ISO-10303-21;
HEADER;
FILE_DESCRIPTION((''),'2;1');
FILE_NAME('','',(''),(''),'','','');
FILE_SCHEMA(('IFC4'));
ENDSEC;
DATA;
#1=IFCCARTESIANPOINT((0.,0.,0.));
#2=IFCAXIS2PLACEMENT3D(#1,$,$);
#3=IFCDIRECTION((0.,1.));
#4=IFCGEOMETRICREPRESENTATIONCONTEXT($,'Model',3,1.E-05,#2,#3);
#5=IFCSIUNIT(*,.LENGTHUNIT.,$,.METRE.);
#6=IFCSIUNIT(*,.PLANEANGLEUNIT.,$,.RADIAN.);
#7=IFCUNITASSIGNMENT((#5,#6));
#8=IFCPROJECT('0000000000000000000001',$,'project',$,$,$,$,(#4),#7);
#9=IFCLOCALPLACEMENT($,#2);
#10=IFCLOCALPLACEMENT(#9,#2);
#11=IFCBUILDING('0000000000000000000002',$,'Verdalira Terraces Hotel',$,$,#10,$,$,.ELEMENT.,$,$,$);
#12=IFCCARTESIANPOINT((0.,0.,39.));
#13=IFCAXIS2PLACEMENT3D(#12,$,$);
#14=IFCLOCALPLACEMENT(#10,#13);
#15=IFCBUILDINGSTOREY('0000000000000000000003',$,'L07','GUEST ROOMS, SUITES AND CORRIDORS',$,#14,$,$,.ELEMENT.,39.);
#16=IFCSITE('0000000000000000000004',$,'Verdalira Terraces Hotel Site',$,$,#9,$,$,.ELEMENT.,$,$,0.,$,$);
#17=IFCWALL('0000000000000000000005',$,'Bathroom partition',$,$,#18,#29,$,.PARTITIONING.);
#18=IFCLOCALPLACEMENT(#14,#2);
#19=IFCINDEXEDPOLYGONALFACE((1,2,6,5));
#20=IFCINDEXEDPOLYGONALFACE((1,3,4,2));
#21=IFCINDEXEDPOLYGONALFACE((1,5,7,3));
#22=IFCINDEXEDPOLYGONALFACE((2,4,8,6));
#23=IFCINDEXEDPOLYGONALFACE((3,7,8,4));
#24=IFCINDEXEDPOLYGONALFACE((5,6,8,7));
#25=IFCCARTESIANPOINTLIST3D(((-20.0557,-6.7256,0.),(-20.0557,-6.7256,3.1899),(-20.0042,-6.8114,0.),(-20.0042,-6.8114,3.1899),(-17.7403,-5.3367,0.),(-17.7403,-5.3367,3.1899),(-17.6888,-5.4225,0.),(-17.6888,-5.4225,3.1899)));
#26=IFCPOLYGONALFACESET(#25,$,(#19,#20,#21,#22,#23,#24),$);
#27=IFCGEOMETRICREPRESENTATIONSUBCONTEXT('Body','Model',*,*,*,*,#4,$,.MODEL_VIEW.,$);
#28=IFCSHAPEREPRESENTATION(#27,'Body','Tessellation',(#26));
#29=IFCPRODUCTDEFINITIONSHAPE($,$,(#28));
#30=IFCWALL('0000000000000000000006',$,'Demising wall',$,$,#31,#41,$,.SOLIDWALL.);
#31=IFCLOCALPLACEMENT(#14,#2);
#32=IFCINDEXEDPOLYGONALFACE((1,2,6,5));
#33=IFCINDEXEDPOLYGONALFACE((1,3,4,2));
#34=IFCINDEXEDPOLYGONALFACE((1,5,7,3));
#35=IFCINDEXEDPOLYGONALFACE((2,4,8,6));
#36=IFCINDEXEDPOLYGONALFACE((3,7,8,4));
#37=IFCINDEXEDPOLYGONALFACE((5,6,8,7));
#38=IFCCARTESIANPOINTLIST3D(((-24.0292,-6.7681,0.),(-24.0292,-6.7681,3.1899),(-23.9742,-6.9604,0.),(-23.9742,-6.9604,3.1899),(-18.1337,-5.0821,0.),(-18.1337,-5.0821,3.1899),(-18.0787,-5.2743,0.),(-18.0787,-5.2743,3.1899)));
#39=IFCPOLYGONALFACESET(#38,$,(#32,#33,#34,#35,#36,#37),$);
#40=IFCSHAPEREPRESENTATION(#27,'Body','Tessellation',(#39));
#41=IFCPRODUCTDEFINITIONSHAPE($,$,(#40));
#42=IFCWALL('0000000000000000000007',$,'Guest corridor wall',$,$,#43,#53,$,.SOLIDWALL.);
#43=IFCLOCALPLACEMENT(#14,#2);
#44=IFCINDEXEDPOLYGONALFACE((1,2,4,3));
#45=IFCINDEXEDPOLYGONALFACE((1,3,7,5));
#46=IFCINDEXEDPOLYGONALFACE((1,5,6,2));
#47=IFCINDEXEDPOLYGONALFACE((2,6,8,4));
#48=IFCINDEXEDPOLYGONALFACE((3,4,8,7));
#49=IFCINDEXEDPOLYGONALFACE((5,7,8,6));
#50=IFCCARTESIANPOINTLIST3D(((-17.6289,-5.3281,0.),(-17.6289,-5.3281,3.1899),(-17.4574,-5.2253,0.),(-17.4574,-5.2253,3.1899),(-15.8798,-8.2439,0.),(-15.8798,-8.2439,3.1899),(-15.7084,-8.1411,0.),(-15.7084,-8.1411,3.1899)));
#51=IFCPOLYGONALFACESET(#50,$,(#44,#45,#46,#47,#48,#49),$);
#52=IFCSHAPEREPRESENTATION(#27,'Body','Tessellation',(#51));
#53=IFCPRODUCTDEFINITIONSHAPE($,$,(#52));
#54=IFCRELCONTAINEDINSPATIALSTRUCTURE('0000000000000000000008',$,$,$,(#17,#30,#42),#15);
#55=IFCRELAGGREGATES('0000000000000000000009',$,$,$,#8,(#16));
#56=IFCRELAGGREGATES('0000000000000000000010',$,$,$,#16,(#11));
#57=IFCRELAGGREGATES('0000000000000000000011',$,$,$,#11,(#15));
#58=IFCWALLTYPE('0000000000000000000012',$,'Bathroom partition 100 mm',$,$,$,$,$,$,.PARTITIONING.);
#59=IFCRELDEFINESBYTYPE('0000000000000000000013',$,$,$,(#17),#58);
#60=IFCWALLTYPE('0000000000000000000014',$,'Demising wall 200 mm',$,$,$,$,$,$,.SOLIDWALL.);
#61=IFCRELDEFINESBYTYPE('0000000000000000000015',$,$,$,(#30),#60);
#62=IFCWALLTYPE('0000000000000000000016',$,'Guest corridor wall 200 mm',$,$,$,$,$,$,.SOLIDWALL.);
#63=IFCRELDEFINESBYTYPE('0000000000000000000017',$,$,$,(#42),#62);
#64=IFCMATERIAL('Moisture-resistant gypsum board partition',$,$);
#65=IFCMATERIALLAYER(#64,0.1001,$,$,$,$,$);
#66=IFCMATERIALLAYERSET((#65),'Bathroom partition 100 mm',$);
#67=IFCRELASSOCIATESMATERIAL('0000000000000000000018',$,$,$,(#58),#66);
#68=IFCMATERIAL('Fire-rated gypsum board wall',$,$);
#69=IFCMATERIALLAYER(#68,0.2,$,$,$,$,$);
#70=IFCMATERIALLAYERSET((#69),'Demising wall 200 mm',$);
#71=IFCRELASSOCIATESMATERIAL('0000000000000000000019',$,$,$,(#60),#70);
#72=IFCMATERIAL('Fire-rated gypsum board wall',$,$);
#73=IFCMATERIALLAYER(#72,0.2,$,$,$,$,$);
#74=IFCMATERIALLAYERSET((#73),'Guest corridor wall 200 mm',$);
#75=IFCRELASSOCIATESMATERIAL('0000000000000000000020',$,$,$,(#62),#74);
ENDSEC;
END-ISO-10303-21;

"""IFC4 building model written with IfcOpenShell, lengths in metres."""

from ifc_helpers import new_model, si_unit, direction, frame, frame_2d, origin, place, context, subcontext, project, spatial, rectangle, extrude, material, layer, layer_set, type_object, element, save


model = new_model("IFC4")

# Units and contexts
model_context = context("Model", 3, precision=1e-05, world=origin(), true_north=direction((0.0, 1.0)))
body_context = subcontext(model_context, "Body", "Model", "MODEL_VIEW")
ifc_project = project(units=[si_unit("LENGTHUNIT", "METRE"), si_unit("PLANEANGLEUNIT", "RADIAN")], contexts=[model_context])

# Site, building, storey
site_placement = place(None, origin())
site = spatial("IfcSite", under=ifc_project, at=site_placement, Name="Verdalira Terraces Hotel Site", CompositionType="ELEMENT", RefElevation=0.0)
building_placement = place(site_placement, origin())
building = spatial("IfcBuilding", under=site, at=building_placement, Name="Verdalira Terraces Hotel", CompositionType="ELEMENT")
storey_placement = place(building_placement, frame((0.0, 0.0, 39.0)))
storey = spatial("IfcBuildingStorey", under=building, at=storey_placement, Name="L07", Description="GUEST ROOMS, SUITES AND CORRIDORS", CompositionType="ELEMENT", Elevation=39.0)

# Shared definitions
ifc_material_1 = material(Name="Moisture-resistant gypsum board partition")
ifc_layer_1 = layer(ifc_material_1, 0.1001)
ifc_layer_set_1 = layer_set([ifc_layer_1], Name="Bathroom partition 100 mm")
wall_type_1 = type_object("IfcWallType", Name="Bathroom partition 100 mm", PredefinedType="PARTITIONING", material=ifc_layer_set_1)

# Walls
wall_1_placement = place(storey_placement, frame((-20.03, -6.7686, 0.0), z_axis=(0.0, 0.0, 1.0), x_axis=(0.857549, 0.514403, 0.0)))
element("IfcWall", 1, at=wall_1_placement, inside=storey, type_object=wall_type_1, Name="Bathroom partition", PredefinedType="PARTITIONING", context=body_context, shape_type="SweptSolid", body=[
    extrude(rectangle(XDim=2.7, YDim=0.1001, at=frame_2d((1.3501, 0.0))), origin(), (0.0, 0.0, 1.0), 3.1899),
])
ifc_material_2 = material(Name="Fire-rated gypsum board wall")
ifc_layer_2 = layer(ifc_material_2, 0.2)
ifc_layer_set_2 = layer_set([ifc_layer_2], Name="Demising wall 200 mm")
wall_type_2 = type_object("IfcWallType", Name="Demising wall 200 mm", PredefinedType="SOLIDWALL", material=ifc_layer_set_2)
wall_2_placement = place(storey_placement, frame((-18.1062, -5.1782, 0.0), z_axis=(0.0, 0.0, 1.0), x_axis=(-0.961455, -0.274963, 0.0)))
element("IfcWall", 2, at=wall_2_placement, inside=storey, type_object=wall_type_2, Name="Demising wall", PredefinedType="SOLIDWALL", context=body_context, shape_type="SweptSolid", body=[
    extrude(rectangle(XDim=6.1318, YDim=0.2, at=frame_2d((3.0659, 0.0))), origin(), (0.0, 0.0, 1.0), 3.1899),
])
ifc_material_3 = material(Name="Fire-rated gypsum board wall")
ifc_layer_3 = layer(ifc_material_3, 0.2)
ifc_layer_set_3 = layer_set([ifc_layer_3], Name="Guest corridor wall 200 mm")
wall_type_3 = type_object("IfcWallType", Name="Guest corridor wall 200 mm", PredefinedType="SOLIDWALL", material=ifc_layer_set_3)
wall_3_placement = place(storey_placement, frame((-17.5432, -5.2766, 0.0), z_axis=(0.0, 0.0, 1.0), x_axis=(0.514401, -0.85755, 0.0)))
element("IfcWall", 3, at=wall_3_placement, inside=storey, type_object=wall_type_3, Name="Guest corridor wall", PredefinedType="SOLIDWALL", context=body_context, shape_type="SweptSolid", body=[
    extrude(rectangle(XDim=3.4001, YDim=0.2, at=frame_2d((1.7002, 0.0))), origin(), (0.0, 0.0, 1.0), 3.1899),
])

save(model, "model.ifc")
